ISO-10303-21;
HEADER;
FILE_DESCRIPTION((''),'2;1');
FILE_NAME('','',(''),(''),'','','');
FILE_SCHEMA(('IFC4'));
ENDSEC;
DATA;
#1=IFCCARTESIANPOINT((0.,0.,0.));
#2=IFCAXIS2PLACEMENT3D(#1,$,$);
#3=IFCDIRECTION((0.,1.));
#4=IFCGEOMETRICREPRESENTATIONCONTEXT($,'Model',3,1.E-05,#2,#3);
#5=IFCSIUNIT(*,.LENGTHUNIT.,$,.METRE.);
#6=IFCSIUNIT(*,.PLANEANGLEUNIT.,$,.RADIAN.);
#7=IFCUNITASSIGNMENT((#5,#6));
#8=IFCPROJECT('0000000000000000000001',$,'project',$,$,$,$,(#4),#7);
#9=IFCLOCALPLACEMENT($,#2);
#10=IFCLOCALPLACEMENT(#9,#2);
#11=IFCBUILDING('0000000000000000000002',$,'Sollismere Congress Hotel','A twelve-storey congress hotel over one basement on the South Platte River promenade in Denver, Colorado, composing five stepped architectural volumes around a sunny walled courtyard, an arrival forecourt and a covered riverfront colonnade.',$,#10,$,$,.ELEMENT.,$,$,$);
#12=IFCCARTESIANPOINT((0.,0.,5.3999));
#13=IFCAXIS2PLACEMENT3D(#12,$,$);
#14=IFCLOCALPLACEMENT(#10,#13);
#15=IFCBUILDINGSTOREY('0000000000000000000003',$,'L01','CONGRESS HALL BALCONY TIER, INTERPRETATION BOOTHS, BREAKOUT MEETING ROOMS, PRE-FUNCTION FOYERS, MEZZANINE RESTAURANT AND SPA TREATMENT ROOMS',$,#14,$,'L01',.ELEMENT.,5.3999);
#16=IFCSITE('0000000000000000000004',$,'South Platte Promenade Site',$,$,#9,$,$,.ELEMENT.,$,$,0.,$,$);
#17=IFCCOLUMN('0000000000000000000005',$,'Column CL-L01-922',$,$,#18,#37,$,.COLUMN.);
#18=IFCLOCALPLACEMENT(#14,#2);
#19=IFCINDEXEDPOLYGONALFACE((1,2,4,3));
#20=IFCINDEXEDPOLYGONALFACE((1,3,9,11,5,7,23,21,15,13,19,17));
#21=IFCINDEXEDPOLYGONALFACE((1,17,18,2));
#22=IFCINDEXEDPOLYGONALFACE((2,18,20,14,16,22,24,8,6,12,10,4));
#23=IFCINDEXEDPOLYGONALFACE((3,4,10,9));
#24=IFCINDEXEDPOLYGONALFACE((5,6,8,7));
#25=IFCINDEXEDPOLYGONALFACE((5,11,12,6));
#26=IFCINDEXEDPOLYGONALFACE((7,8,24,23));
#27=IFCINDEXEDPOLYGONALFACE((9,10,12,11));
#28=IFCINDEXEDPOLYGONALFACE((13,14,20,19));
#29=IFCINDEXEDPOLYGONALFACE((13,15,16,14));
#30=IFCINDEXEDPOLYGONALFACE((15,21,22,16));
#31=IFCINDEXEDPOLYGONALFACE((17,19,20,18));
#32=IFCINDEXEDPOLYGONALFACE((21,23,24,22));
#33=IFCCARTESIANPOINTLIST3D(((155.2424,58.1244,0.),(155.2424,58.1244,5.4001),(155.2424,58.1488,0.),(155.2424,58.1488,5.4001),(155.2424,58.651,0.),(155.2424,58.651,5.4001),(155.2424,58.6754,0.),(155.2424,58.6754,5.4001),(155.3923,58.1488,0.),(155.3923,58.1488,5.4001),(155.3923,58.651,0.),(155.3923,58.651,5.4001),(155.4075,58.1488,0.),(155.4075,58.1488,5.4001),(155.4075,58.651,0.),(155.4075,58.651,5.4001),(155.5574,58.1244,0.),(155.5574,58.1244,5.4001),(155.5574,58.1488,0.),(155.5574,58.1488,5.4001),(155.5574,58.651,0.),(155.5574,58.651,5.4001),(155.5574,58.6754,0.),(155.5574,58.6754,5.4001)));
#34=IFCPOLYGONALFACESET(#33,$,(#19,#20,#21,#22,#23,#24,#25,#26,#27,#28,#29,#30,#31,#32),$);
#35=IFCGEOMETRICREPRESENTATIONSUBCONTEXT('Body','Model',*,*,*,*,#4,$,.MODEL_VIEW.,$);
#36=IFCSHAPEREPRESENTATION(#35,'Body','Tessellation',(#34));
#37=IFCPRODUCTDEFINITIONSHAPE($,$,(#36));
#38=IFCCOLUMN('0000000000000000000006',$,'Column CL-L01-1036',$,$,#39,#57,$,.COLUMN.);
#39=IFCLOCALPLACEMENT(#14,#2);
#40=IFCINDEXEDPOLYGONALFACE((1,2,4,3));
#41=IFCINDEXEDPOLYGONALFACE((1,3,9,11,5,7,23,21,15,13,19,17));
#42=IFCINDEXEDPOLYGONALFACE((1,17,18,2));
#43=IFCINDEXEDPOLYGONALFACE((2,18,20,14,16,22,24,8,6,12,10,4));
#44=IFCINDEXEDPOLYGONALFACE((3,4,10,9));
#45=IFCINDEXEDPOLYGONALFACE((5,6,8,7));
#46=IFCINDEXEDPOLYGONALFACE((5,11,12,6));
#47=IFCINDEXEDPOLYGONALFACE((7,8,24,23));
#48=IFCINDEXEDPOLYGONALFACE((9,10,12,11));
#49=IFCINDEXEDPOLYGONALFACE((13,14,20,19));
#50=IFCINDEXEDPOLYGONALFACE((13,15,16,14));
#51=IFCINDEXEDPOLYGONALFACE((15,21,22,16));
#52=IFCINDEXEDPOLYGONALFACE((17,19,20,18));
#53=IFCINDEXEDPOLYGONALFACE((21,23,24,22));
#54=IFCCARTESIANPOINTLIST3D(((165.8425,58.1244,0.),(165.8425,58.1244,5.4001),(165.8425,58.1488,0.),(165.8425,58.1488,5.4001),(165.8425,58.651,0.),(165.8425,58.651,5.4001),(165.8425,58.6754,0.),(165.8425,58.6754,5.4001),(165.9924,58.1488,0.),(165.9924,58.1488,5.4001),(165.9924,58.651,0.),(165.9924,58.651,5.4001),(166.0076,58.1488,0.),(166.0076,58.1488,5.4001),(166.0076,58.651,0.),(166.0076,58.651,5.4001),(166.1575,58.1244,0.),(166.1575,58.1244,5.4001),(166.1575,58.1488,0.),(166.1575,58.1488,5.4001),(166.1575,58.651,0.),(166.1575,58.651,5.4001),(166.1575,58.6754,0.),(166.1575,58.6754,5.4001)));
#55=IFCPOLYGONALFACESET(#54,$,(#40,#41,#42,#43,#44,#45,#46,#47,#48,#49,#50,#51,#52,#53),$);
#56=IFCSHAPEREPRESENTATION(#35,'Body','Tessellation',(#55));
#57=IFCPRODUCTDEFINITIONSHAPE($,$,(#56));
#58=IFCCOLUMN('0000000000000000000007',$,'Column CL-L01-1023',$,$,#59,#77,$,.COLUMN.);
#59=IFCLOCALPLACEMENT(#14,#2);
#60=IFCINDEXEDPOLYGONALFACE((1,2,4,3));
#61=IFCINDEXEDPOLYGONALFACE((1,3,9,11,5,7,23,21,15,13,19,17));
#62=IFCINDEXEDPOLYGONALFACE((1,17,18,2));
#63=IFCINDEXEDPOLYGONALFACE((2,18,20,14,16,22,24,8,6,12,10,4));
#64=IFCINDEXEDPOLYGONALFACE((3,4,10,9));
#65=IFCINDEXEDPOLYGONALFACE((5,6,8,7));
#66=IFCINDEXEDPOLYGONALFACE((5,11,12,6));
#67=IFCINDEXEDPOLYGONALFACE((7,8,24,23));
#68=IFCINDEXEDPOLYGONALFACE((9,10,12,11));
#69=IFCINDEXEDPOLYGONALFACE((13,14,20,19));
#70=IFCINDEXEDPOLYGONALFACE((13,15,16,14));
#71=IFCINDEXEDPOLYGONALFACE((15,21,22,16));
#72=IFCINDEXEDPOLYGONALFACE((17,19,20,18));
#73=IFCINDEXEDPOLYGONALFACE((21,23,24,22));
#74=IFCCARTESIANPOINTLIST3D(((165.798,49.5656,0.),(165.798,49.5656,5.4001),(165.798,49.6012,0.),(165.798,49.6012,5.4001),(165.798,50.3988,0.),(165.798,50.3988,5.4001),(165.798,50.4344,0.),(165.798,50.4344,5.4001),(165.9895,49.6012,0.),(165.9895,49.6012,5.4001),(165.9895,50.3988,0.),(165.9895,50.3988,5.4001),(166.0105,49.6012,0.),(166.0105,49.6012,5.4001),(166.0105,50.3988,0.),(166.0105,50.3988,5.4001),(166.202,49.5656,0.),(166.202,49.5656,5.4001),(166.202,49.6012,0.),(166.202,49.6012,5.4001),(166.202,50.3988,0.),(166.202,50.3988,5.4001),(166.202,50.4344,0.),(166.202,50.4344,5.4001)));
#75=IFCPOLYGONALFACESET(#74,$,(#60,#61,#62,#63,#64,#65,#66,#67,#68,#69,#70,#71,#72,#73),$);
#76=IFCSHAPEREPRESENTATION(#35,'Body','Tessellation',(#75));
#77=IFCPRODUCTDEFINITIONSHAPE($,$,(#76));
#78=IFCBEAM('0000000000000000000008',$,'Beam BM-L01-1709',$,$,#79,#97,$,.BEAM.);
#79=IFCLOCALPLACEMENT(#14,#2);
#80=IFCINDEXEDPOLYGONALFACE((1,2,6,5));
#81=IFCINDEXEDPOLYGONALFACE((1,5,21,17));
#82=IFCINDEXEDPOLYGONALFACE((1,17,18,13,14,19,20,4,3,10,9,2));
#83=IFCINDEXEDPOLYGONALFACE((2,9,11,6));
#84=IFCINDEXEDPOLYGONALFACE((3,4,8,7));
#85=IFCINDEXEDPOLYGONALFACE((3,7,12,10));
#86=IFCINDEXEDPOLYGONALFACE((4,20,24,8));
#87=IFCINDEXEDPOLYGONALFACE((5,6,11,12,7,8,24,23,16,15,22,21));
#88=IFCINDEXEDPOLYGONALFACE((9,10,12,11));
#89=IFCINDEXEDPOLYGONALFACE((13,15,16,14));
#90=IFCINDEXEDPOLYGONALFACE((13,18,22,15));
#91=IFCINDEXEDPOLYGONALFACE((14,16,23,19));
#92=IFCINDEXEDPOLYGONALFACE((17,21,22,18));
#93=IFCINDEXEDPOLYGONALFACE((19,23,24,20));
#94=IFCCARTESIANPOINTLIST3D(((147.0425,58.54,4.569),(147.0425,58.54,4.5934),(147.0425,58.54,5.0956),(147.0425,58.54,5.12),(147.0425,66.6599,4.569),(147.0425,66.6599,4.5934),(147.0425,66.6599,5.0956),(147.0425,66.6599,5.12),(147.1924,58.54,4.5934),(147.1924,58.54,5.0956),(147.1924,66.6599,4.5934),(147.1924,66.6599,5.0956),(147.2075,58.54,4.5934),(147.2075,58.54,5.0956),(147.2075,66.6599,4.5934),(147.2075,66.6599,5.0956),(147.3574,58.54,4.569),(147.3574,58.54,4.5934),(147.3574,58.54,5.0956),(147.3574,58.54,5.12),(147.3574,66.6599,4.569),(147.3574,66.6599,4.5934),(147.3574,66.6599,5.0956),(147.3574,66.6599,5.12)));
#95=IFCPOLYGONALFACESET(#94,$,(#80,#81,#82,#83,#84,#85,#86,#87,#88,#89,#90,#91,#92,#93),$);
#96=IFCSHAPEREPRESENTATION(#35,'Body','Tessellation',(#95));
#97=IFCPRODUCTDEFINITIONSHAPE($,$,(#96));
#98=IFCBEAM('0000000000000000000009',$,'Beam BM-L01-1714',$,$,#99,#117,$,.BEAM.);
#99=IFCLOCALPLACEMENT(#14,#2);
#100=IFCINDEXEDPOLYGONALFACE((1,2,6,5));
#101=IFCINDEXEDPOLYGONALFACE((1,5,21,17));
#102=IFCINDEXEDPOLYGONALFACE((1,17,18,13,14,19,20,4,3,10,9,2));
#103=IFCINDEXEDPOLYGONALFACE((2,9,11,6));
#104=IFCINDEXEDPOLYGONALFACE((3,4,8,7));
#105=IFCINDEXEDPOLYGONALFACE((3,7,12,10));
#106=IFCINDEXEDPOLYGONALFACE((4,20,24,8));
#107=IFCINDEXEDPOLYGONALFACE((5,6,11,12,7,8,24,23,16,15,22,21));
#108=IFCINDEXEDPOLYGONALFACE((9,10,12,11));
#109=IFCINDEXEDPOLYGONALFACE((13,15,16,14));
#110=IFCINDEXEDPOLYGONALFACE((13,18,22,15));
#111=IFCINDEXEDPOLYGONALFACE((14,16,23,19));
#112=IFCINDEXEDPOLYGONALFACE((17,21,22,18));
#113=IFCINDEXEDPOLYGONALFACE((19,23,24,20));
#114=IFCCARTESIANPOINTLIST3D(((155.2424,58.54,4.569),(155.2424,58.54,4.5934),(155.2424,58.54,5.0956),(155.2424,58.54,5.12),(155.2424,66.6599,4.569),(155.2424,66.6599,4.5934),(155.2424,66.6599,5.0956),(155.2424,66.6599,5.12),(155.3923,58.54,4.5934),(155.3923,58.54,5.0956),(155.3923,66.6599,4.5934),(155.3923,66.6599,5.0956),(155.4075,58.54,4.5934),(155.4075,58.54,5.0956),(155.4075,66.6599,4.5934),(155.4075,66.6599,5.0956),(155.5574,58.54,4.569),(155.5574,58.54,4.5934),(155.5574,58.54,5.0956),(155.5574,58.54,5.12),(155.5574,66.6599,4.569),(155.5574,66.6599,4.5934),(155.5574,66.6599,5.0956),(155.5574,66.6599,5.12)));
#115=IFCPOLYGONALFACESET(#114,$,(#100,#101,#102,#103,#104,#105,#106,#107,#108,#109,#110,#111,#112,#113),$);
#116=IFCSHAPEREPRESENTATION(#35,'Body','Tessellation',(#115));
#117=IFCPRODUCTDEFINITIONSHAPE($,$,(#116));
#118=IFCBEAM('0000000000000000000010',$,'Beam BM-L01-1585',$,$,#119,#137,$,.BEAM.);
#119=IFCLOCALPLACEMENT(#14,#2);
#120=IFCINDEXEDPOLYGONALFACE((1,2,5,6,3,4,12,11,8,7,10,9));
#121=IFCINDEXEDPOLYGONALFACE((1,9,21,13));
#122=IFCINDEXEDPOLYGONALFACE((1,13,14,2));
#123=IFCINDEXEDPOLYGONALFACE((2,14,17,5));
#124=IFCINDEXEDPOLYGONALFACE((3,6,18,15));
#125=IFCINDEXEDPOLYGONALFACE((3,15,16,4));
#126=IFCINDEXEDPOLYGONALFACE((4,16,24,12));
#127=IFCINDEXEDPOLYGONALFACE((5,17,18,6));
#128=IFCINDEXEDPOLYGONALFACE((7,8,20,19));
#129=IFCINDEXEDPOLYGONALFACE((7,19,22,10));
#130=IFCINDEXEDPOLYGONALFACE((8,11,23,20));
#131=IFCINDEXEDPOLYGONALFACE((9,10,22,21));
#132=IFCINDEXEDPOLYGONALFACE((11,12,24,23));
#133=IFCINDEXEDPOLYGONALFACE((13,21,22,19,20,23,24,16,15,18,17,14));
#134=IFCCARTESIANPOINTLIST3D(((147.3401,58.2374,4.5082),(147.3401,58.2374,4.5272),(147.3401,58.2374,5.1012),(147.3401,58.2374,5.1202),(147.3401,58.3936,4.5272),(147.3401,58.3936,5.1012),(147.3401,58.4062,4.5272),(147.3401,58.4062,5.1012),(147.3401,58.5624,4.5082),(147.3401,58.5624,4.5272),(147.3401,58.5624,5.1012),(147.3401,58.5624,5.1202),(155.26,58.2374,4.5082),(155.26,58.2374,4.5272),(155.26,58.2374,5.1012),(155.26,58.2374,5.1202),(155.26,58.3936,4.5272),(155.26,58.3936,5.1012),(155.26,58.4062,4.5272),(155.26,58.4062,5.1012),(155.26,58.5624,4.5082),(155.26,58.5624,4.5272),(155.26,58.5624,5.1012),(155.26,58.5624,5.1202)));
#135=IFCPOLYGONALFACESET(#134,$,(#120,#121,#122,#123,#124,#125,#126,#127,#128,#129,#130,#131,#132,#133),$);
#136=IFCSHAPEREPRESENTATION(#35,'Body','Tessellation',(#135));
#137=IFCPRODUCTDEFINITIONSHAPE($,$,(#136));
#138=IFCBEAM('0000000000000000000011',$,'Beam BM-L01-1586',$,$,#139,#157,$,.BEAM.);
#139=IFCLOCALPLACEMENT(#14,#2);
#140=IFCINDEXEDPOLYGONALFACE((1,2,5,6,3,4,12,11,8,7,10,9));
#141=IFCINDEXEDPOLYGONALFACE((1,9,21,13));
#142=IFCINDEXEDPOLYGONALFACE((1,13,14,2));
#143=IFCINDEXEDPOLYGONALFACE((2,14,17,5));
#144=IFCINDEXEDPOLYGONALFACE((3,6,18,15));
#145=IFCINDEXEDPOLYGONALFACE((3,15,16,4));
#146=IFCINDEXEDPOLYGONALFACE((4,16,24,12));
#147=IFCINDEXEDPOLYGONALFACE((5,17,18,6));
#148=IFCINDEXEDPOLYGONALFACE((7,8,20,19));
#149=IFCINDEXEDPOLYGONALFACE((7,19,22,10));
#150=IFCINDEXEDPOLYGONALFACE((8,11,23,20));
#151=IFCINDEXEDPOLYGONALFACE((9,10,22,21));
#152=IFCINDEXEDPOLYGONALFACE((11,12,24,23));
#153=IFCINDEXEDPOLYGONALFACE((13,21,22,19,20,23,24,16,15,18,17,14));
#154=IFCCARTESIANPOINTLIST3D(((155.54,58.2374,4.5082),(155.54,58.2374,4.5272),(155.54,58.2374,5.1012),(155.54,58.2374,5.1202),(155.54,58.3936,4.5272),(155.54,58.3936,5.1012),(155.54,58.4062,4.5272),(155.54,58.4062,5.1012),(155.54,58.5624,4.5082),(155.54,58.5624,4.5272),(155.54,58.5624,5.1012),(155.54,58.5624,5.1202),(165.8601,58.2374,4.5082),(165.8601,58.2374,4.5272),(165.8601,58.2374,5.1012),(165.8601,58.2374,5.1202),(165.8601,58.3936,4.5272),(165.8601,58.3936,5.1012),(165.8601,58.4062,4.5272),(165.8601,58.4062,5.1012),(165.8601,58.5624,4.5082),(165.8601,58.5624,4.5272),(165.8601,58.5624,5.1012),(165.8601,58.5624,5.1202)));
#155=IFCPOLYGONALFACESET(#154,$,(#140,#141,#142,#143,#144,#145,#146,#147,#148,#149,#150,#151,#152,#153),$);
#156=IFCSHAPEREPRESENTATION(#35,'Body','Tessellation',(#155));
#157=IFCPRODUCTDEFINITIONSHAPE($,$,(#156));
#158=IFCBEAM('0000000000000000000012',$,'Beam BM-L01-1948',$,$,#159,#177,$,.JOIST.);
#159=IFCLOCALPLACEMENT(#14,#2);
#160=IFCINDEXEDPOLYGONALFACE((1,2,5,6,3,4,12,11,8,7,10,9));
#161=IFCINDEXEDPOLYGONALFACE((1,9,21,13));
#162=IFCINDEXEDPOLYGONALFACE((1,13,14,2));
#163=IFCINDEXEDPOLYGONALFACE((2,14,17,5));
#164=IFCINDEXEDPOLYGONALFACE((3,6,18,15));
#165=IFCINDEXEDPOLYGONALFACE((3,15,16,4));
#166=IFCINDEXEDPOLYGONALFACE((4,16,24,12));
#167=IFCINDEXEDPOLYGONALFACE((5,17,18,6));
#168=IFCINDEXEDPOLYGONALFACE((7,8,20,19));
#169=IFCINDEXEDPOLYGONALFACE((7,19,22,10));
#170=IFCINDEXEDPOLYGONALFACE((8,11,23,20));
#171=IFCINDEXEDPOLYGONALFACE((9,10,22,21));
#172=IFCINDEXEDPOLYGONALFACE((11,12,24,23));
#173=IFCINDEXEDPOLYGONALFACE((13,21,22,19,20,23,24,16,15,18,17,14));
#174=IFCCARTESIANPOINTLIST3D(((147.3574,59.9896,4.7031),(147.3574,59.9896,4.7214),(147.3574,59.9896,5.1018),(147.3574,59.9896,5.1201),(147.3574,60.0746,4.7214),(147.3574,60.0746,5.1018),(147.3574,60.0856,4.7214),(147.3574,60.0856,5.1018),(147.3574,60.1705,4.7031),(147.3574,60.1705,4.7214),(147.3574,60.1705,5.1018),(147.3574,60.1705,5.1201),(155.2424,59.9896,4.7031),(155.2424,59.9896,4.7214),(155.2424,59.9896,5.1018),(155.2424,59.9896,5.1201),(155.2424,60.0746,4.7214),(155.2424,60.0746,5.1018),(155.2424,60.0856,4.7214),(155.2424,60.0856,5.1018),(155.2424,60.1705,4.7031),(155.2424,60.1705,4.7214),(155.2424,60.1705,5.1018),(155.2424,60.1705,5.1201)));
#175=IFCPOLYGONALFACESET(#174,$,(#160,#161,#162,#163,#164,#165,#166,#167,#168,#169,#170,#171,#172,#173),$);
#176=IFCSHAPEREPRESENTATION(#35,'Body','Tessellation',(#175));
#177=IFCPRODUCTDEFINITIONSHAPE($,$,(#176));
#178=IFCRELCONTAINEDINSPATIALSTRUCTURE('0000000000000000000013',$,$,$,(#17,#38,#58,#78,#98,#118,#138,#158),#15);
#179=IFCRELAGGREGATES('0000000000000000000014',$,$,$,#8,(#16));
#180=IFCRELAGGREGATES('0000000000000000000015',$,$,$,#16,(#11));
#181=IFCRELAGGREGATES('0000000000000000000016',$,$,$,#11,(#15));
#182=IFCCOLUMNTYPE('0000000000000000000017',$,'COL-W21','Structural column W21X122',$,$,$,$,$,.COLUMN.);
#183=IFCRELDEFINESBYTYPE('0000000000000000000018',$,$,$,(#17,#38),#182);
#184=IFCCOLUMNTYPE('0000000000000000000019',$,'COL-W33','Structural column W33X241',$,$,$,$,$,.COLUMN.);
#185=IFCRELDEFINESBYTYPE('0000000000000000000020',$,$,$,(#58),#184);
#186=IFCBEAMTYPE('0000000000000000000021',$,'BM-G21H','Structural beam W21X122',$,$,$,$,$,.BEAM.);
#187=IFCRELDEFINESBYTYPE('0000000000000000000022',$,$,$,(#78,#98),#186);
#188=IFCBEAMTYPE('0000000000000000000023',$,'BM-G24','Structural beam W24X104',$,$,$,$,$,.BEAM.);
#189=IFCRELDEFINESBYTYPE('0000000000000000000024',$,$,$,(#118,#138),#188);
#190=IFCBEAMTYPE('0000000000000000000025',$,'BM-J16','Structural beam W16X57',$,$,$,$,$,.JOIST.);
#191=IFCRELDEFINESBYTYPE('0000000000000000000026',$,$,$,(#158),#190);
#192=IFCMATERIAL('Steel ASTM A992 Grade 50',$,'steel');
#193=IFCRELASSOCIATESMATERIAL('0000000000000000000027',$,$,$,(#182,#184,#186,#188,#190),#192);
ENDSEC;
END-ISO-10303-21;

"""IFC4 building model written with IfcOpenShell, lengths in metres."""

from ifc_helpers import new_model, si_unit, direction, frame, origin, origin_2d, place, context, subcontext, project, spatial, i_section, extrude, material, material_profile, profile_set, type_object, element, save


model = new_model("IFC4")

# Units and contexts
model_context = context("Model", 3, precision=1e-05, world=origin(), true_north=direction((0.0, 1.0)))
body_context = subcontext(model_context, "Body", "Model", "MODEL_VIEW")
ifc_project = project(units=[si_unit("LENGTHUNIT", "METRE"), si_unit("PLANEANGLEUNIT", "RADIAN")], contexts=[model_context])

# Site, building, storey
site_placement = place(None, origin())
site = spatial("IfcSite", under=ifc_project, at=site_placement, Name="South Platte Promenade Site", CompositionType="ELEMENT", RefElevation=0.0)
building_placement = place(site_placement, origin())
building = spatial("IfcBuilding", under=site, at=building_placement, Name="Sollismere Congress Hotel", Description="A twelve-storey congress hotel over one basement on the South Platte River promenade in Denver, Colorado, composing five stepped architectural volumes around a sunny walled courtyard, an arrival forecourt and a covered riverfront colonnade.", CompositionType="ELEMENT")
storey_placement = place(building_placement, frame((0.0, 0.0, 5.3999)))
storey = spatial("IfcBuildingStorey", under=building, at=storey_placement, Name="L01", Description="CONGRESS HALL BALCONY TIER, INTERPRETATION BOOTHS, BREAKOUT MEETING ROOMS, PRE-FUNCTION FOYERS, MEZZANINE RESTAURANT AND SPA TREATMENT ROOMS", LongName="L01", CompositionType="ELEMENT", Elevation=5.3999)

# Columns
ifc_material_1 = material(Name="Steel ASTM A992 Grade 50", Category="steel")
ifc_material_profile_1 = material_profile(ifc_material_1, i_section(OverallWidth=0.3149, OverallDepth=0.551, WebThickness=0.0151, FlangeThickness=0.0244, at=origin_2d()), Name="W21X122")
ifc_profile_set_1 = profile_set([ifc_material_profile_1], Name="Steel ASTM A992 Grade 50")
column_type_1 = type_object("IfcColumnType", Name="COL-W21", Description="Structural column W21X122", PredefinedType="COLUMN", material=ifc_profile_set_1)
for number, where, z_axis, x_axis, name in (
    (1, (155.3999, 58.3999, 0.0), (0.0, 0.0, 1.0), (1.0, 0.0, 0.0), "Column CL-L01-922"),
    (2, (166.0, 58.3999, 0.0), (0.0, 0.0, 1.0), (1.0, 0.0, 0.0), "Column CL-L01-1036"),
):
    element("IfcColumn", number, at=place(storey_placement, frame(where, z_axis=z_axis, x_axis=x_axis)), inside=storey, type_object=column_type_1, Name=name, PredefinedType="COLUMN", context=body_context, shape_type="SweptSolid", body=[
        extrude(i_section(OverallWidth=0.3149, OverallDepth=0.551, WebThickness=0.0151, FlangeThickness=0.0244, at=origin_2d()), origin(), (0.0, 0.0, 1.0), 5.4001),
    ])
ifc_material_profile_2 = material_profile(ifc_material_1, i_section(OverallWidth=0.4041, OverallDepth=0.8689, WebThickness=0.021, FlangeThickness=0.0356, at=origin_2d()), Name="W33X241")
ifc_profile_set_2 = profile_set([ifc_material_profile_2], Name="Steel ASTM A992 Grade 50")
column_type_2 = type_object("IfcColumnType", Name="COL-W33", Description="Structural column W33X241", PredefinedType="COLUMN", material=ifc_profile_set_2)
column_placement = place(storey_placement, frame((166.0, 50.0, 0.0), z_axis=(0.0, 0.0, 1.0), x_axis=(1.0, 0.0, 0.0)))
element("IfcColumn", 3, at=column_placement, inside=storey, type_object=column_type_2, Name="Column CL-L01-1023", PredefinedType="COLUMN", context=body_context, shape_type="SweptSolid", body=[
    extrude(i_section(OverallWidth=0.4041, OverallDepth=0.8689, WebThickness=0.021, FlangeThickness=0.0356, at=origin_2d()), origin(), (0.0, 0.0, 1.0), 5.4001),
])

# Beams
ifc_material_profile_3 = material_profile(ifc_material_1, i_section(OverallWidth=0.3149, OverallDepth=0.551, WebThickness=0.0151, FlangeThickness=0.0244, at=origin_2d()), Name="W21X122")
ifc_profile_set_3 = profile_set([ifc_material_profile_3], Name="Steel ASTM A992 Grade 50")
beam_type_1 = type_object("IfcBeamType", Name="BM-G21H", Description="Structural beam W21X122", PredefinedType="BEAM", material=ifc_profile_set_3)
for number, where, z_axis, x_axis, name in (
    (4, (147.2, 58.54, 4.8445), (0.0, 1.0, 0.0), (-1.0, 0.0, 0.0), "Beam BM-L01-1709"),
    (5, (155.3999, 58.54, 4.8445), (0.0, 1.0, 0.0), (-1.0, 0.0, 0.0), "Beam BM-L01-1714"),
):
    element("IfcBeam", number, at=place(storey_placement, frame(where, z_axis=z_axis, x_axis=x_axis)), inside=storey, type_object=beam_type_1, Name=name, PredefinedType="BEAM", context=body_context, shape_type="SweptSolid", body=[
        extrude(i_section(OverallWidth=0.3149, OverallDepth=0.551, WebThickness=0.0151, FlangeThickness=0.0244, at=origin_2d()), origin(), (0.0, 0.0, 1.0), 8.1199),
    ])
ifc_material_profile_4 = material_profile(ifc_material_1, i_section(OverallWidth=0.325, OverallDepth=0.6121, WebThickness=0.0127, FlangeThickness=0.019, at=origin_2d()), Name="W24X104")
ifc_profile_set_4 = profile_set([ifc_material_profile_4], Name="Steel ASTM A992 Grade 50")
beam_type_2 = type_object("IfcBeamType", Name="BM-G24", Description="Structural beam W24X104", PredefinedType="BEAM", material=ifc_profile_set_4)
beam_1_placement = place(storey_placement, frame((147.3401, 58.3999, 4.8142), z_axis=(1.0, 0.0, 0.0), x_axis=(0.0, 1.0, 0.0)))
element("IfcBeam", 6, at=beam_1_placement, inside=storey, type_object=beam_type_2, Name="Beam BM-L01-1585", PredefinedType="BEAM", context=body_context, shape_type="SweptSolid", body=[
    extrude(i_section(OverallWidth=0.325, OverallDepth=0.6121, WebThickness=0.0127, FlangeThickness=0.019, at=origin_2d()), origin(), (0.0, 0.0, 1.0), 7.9199),
])
beam_2_placement = place(storey_placement, frame((155.54, 58.3999, 4.8142), z_axis=(1.0, 0.0, 0.0), x_axis=(0.0, 1.0, 0.0)))
element("IfcBeam", 7, at=beam_2_placement, inside=storey, type_object=beam_type_2, Name="Beam BM-L01-1586", PredefinedType="BEAM", context=body_context, shape_type="SweptSolid", body=[
    extrude(i_section(OverallWidth=0.325, OverallDepth=0.6121, WebThickness=0.0127, FlangeThickness=0.019, at=origin_2d()), origin(), (0.0, 0.0, 1.0), 10.3201),
])
ifc_material_profile_5 = material_profile(ifc_material_1, i_section(OverallWidth=0.1809, OverallDepth=0.417, WebThickness=0.011, FlangeThickness=0.0183, at=origin_2d()), Name="W16X57")
ifc_profile_set_5 = profile_set([ifc_material_profile_5], Name="Steel ASTM A992 Grade 50")
beam_type_3 = type_object("IfcBeamType", Name="BM-J16", Description="Structural beam W16X57", PredefinedType="JOIST", material=ifc_profile_set_5)
beam_3_placement = place(storey_placement, frame((147.3574, 60.0801, 4.9116), z_axis=(1.0, 0.0, 0.0), x_axis=(0.0, 1.0, 0.0)))
element("IfcBeam", 8, at=beam_3_placement, inside=storey, type_object=beam_type_3, Name="Beam BM-L01-1948", PredefinedType="JOIST", context=body_context, shape_type="SweptSolid", body=[
    extrude(i_section(OverallWidth=0.1809, OverallDepth=0.417, WebThickness=0.011, FlangeThickness=0.0183, at=origin_2d()), origin(), (0.0, 0.0, 1.0), 7.885),
])

save(model, "model.ifc")
